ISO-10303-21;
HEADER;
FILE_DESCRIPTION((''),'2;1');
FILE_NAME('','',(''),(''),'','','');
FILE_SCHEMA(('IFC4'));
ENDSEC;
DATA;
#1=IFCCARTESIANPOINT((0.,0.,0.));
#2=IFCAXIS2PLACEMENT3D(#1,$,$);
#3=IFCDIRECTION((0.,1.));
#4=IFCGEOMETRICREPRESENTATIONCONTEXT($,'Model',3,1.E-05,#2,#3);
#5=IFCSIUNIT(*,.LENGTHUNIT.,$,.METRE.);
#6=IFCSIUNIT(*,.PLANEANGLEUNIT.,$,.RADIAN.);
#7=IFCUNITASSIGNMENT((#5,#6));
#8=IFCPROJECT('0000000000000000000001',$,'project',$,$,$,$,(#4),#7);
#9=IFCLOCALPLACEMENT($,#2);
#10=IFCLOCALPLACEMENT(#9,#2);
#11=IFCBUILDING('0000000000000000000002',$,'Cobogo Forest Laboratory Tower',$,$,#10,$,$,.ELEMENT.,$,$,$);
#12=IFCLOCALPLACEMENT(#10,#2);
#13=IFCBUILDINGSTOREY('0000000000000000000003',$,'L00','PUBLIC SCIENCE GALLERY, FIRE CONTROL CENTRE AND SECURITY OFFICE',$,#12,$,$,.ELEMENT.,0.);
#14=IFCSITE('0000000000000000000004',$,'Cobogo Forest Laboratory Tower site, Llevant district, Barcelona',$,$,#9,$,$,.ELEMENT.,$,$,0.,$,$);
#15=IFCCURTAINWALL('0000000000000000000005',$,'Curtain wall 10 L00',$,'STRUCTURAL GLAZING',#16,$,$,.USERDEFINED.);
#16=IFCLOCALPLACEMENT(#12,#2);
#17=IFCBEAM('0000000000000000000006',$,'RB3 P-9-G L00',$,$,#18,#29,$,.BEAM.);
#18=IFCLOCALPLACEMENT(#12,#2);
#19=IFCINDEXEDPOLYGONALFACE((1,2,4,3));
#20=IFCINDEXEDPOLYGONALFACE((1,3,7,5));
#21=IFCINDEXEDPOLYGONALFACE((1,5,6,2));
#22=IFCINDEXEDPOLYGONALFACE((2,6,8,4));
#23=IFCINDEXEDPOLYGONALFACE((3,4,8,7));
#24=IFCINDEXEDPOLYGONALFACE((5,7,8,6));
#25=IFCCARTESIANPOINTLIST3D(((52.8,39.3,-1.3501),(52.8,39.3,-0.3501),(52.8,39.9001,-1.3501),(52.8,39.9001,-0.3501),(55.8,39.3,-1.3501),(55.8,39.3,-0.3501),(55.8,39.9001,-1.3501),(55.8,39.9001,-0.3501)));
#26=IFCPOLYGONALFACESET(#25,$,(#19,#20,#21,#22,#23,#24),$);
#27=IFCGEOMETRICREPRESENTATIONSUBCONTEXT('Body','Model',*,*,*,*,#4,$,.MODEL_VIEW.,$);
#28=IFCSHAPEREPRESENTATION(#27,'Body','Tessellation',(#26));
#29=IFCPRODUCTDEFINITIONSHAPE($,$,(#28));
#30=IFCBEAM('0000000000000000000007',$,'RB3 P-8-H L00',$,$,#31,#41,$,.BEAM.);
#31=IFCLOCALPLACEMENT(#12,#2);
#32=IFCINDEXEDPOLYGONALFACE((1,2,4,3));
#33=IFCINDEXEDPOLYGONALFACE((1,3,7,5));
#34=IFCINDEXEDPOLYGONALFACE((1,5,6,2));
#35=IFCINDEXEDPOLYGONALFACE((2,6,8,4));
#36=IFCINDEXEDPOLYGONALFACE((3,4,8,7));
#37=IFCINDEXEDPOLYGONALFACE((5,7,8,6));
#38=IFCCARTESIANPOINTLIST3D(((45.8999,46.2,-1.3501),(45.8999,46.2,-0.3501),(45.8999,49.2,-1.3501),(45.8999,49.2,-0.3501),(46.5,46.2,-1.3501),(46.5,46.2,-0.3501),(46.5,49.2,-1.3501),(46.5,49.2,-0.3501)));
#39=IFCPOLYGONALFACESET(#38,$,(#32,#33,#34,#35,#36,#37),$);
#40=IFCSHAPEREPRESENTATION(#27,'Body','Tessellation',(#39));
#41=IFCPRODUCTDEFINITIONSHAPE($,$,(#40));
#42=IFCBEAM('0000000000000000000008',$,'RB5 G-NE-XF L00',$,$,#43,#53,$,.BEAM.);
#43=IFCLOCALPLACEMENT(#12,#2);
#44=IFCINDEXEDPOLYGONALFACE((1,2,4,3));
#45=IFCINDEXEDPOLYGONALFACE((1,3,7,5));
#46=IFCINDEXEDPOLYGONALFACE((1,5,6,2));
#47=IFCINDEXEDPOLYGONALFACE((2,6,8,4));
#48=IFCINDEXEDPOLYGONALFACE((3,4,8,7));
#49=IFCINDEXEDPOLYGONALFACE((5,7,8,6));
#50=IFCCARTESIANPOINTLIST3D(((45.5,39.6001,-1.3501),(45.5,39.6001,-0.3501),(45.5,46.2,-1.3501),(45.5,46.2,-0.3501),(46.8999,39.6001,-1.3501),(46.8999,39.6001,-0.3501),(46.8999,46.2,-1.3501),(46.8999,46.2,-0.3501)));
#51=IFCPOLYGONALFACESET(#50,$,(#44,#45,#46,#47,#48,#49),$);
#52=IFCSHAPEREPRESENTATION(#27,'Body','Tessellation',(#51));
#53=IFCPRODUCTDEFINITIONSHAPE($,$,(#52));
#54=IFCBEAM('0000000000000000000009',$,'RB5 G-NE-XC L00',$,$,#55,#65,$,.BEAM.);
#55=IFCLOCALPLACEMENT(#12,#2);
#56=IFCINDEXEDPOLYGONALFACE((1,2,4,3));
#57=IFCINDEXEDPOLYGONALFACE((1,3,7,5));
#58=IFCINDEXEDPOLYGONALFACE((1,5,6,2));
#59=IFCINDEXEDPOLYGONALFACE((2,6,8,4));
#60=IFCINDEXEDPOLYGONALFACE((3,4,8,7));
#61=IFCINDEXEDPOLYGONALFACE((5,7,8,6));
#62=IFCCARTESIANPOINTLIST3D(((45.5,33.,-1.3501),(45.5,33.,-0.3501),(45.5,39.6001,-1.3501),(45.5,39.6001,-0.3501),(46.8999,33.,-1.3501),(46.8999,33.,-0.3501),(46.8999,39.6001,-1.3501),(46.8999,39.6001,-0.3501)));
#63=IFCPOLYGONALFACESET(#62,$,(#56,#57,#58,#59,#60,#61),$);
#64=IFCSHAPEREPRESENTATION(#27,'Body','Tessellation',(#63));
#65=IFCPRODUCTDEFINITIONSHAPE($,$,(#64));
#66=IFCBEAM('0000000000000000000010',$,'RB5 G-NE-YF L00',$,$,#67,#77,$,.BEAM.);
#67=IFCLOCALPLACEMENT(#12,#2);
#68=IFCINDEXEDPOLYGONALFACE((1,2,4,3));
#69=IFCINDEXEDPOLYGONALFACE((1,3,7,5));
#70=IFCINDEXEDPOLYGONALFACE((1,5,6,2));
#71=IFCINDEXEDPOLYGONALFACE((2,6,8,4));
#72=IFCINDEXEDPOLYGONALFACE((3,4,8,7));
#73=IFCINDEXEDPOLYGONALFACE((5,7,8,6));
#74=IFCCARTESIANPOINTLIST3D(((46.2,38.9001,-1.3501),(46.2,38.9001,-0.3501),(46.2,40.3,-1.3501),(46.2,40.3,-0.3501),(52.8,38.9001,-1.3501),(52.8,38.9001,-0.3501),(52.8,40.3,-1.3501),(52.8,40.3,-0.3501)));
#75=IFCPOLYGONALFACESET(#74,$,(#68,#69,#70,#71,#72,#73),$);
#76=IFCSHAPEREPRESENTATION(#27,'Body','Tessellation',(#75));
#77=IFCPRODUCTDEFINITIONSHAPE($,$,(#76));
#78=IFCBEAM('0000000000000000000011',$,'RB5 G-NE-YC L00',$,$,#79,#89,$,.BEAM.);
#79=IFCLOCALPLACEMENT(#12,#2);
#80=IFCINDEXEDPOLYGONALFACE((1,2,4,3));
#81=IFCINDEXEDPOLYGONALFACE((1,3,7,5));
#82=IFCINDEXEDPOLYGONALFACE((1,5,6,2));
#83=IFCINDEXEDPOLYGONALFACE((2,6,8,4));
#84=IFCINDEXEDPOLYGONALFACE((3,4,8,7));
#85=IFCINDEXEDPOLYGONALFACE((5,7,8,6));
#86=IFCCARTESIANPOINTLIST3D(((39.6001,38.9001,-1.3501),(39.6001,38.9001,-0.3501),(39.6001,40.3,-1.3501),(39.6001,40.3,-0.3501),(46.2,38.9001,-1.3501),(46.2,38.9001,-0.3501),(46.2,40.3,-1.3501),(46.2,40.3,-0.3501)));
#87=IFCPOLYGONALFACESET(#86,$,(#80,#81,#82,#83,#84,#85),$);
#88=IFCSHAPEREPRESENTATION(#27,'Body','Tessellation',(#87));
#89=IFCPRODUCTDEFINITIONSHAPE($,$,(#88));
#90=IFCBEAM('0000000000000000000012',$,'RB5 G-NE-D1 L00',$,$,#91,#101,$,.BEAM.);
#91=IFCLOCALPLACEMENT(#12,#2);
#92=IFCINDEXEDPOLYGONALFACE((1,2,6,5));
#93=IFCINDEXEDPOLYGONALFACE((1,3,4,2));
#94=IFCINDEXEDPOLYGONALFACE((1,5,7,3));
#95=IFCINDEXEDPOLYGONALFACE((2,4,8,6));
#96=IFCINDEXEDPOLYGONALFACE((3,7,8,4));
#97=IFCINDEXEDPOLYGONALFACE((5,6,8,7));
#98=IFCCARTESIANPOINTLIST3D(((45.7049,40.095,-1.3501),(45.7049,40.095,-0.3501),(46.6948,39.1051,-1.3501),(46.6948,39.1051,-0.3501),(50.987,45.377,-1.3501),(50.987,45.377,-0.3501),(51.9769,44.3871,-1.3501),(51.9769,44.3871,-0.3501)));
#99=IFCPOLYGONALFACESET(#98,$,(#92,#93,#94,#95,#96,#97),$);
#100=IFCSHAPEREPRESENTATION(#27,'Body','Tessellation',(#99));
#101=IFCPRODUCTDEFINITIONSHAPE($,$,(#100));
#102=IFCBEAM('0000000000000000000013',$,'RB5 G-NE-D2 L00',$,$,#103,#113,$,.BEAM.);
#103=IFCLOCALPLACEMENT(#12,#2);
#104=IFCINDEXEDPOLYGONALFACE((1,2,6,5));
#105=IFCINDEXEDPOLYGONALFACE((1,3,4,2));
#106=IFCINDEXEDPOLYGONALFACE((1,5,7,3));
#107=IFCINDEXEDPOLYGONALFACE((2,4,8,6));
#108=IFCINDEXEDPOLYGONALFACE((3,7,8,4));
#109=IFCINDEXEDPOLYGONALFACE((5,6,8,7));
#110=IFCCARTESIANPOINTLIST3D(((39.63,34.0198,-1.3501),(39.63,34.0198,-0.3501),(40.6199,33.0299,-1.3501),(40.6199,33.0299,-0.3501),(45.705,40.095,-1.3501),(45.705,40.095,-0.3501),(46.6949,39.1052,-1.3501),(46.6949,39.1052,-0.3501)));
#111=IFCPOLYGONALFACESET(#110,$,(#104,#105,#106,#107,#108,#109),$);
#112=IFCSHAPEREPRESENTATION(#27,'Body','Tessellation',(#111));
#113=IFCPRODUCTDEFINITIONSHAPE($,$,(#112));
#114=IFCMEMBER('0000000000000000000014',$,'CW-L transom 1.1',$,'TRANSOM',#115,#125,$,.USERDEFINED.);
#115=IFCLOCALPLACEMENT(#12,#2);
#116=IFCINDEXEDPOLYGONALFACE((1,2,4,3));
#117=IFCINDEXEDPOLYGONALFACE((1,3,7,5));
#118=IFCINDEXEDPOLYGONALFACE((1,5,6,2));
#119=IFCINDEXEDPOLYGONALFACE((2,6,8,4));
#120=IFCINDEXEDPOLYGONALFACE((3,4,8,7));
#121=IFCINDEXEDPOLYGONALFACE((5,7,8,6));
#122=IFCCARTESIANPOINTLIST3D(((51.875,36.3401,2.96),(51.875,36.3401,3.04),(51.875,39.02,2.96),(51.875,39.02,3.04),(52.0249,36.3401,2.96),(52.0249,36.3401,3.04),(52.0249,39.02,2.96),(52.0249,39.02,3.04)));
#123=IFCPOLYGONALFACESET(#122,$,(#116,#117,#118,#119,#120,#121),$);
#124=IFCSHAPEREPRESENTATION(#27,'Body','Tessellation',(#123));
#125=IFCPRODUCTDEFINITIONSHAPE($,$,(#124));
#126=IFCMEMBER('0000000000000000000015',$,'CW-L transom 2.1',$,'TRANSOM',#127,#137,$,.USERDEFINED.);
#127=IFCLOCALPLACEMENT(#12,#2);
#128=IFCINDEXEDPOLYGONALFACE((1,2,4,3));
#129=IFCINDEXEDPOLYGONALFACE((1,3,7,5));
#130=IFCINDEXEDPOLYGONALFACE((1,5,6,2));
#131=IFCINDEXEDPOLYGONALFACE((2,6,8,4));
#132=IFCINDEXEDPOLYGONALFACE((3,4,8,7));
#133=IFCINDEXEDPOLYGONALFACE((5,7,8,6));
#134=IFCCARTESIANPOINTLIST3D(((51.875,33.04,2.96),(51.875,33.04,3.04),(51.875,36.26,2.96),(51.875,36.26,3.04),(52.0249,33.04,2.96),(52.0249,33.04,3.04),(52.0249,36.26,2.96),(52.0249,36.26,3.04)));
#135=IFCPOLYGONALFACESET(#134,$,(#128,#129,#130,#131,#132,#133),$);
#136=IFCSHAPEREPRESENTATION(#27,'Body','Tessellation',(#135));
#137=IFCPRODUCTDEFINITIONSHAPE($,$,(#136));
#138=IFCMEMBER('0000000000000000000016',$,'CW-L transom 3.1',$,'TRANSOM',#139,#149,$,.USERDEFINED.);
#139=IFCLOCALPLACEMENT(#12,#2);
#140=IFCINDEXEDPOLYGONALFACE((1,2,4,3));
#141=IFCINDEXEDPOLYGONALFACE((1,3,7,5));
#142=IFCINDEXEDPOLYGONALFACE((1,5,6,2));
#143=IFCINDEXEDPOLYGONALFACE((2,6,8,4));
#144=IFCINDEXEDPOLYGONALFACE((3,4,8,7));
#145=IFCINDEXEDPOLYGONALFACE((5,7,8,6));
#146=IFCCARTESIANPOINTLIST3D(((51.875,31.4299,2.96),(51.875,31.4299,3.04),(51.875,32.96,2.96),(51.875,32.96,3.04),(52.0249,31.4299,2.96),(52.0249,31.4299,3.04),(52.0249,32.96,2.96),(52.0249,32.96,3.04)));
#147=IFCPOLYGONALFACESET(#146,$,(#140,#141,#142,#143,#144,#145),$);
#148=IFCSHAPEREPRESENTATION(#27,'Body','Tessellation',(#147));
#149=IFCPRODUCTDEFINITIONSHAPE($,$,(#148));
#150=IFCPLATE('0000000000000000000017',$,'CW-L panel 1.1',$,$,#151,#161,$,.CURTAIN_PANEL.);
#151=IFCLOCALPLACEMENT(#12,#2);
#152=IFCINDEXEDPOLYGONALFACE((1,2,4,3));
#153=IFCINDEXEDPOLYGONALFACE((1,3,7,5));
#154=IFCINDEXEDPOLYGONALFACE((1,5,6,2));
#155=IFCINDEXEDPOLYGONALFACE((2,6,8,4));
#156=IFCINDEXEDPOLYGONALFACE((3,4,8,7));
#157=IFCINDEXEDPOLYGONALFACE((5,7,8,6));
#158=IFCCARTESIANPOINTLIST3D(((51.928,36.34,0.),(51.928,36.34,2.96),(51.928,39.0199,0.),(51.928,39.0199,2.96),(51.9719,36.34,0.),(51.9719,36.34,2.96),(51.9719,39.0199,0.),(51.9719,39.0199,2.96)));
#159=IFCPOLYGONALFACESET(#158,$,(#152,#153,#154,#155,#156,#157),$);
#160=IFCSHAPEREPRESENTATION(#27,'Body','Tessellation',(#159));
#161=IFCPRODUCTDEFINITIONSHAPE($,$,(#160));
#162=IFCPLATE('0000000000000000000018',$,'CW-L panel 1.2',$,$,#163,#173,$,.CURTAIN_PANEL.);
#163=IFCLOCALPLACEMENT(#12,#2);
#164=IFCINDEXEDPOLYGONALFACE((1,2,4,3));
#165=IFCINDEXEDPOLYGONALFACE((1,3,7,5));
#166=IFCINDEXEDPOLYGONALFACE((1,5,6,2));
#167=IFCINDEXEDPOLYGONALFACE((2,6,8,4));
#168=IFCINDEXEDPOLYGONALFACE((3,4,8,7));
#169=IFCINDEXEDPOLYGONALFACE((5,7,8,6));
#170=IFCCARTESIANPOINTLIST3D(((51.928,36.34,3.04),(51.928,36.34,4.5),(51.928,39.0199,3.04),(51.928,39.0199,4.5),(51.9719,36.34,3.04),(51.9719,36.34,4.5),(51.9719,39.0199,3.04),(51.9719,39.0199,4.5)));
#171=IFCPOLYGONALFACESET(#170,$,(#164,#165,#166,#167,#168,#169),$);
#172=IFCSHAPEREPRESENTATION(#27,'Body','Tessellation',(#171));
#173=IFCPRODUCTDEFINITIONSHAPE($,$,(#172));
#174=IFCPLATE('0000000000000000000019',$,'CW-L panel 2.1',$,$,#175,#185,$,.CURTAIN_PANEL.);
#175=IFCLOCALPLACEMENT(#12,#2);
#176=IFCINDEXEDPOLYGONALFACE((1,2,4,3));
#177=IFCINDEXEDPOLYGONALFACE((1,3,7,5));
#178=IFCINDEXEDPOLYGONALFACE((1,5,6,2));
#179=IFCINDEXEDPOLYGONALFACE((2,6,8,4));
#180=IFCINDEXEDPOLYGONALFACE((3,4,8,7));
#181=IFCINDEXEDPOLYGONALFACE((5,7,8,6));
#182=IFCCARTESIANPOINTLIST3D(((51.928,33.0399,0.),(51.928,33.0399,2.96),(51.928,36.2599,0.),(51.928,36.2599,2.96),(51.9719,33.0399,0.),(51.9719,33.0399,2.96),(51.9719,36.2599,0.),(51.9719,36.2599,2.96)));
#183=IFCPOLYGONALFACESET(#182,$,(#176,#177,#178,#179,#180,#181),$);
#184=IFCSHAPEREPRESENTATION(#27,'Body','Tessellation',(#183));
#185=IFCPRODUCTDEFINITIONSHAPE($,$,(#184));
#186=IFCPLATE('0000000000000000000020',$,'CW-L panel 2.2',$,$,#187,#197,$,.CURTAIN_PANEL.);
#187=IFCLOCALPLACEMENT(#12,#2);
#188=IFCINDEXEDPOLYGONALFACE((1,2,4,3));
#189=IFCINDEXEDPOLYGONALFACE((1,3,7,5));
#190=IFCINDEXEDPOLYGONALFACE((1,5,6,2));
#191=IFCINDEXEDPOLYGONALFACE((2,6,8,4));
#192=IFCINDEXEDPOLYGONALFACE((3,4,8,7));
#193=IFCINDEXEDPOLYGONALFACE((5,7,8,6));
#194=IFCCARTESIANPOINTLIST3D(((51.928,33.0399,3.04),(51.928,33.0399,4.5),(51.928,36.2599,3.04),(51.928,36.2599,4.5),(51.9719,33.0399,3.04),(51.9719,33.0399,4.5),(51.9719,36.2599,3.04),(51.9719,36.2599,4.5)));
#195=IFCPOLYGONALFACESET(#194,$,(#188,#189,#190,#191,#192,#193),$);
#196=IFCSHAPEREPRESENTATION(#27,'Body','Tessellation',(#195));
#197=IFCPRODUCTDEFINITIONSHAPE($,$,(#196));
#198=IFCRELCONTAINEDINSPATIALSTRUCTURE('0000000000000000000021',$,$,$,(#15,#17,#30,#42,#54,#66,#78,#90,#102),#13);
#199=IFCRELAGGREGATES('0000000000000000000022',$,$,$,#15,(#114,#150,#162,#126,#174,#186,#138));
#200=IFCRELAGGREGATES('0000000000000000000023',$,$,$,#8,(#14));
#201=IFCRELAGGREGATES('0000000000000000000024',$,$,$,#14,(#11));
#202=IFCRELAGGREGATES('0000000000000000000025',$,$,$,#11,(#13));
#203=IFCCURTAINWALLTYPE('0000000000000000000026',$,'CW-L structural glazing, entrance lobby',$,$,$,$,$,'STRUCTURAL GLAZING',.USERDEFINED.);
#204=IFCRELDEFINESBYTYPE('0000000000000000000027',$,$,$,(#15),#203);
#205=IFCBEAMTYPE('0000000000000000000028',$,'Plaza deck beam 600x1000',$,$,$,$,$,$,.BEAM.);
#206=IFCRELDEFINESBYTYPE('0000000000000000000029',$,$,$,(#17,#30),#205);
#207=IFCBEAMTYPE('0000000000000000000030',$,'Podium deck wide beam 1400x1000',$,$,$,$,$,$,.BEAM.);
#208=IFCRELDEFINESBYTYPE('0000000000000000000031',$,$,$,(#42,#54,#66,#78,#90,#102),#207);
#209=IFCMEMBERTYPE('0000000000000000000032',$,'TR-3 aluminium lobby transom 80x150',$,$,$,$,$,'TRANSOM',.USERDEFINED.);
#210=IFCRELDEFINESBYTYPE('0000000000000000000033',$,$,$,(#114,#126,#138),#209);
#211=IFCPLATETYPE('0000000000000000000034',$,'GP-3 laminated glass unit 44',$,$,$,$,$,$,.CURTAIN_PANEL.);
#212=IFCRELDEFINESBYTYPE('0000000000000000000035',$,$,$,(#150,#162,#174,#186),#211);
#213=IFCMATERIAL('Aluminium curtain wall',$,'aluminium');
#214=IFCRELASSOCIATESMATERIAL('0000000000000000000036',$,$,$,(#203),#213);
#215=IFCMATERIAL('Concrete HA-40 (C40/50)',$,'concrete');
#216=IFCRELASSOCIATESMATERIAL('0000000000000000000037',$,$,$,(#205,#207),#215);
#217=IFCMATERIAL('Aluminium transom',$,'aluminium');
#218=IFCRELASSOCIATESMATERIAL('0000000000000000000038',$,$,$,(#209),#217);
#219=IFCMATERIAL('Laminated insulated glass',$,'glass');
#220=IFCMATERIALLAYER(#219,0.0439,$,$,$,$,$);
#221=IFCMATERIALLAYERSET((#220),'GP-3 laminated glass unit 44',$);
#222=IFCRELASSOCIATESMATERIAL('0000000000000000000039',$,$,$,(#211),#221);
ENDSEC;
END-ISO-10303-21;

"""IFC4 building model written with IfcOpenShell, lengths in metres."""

from ifc_helpers import new_model, si_unit, direction, frame, origin, origin_2d, place, context, subcontext, project, spatial, rectangle, extrude, material, layer, layer_set, material_profile, profile_set, type_object, element, aggregate, save


model = new_model("IFC4")

# Units and contexts
model_context = context("Model", 3, precision=1e-05, world=origin(), true_north=direction((0.0, 1.0)))
body_context = subcontext(model_context, "Body", "Model", "MODEL_VIEW")
ifc_project = project(units=[si_unit("LENGTHUNIT", "METRE"), si_unit("PLANEANGLEUNIT", "RADIAN")], contexts=[model_context])

# Site, building, storey
site_placement = place(None, origin())
site = spatial("IfcSite", under=ifc_project, at=site_placement, Name="Cobogo Forest Laboratory Tower site, Llevant district, Barcelona", CompositionType="ELEMENT", RefElevation=0.0)
building_placement = place(site_placement, origin())
building = spatial("IfcBuilding", under=site, at=building_placement, Name="Cobogo Forest Laboratory Tower", CompositionType="ELEMENT")
storey_placement = place(building_placement, origin())
storey = spatial("IfcBuildingStorey", under=building, at=storey_placement, Name="L00", Description="PUBLIC SCIENCE GALLERY, FIRE CONTROL CENTRE AND SECURITY OFFICE", CompositionType="ELEMENT", Elevation=0.0)

# Curtain wall
ifc_material_1 = material(Name="Aluminium curtain wall", Category="aluminium")
curtain_wall_type = type_object("IfcCurtainWallType", Name="CW-L structural glazing, entrance lobby", ElementType="STRUCTURAL GLAZING", PredefinedType="USERDEFINED", material=ifc_material_1)
curtain_wall_placement = place(storey_placement, origin())
curtain_wall = element("IfcCurtainWall", 1, at=curtain_wall_placement, inside=storey, type_object=curtain_wall_type, Name="Curtain wall 10 L00", ObjectType="STRUCTURAL GLAZING", PredefinedType="USERDEFINED")

# Beams
ifc_material_2 = material(Name="Concrete HA-40 (C40/50)", Category="concrete")
ifc_material_profile_1 = material_profile(ifc_material_2, rectangle(XDim=0.6001, YDim=1.0, at=origin_2d()), Name="RC 600x1000")
ifc_profile_set_1 = profile_set([ifc_material_profile_1], Name="Concrete HA-40 (C40/50)")
beam_type_1 = type_object("IfcBeamType", Name="Plaza deck beam 600x1000", PredefinedType="BEAM", material=ifc_profile_set_1)
for number, where, z_axis, x_axis, name in (
    (2, (52.8, 39.6001, -0.8501), (1.0, 0.0, 0.0), (0.0, 1.0, 0.0), "RB3 P-9-G L00"),
    (3, (46.2, 46.2, -0.8501), (0.0, 1.0, 0.0), (-1.0, 0.0, 0.0), "RB3 P-8-H L00"),
):
    element("IfcBeam", number, at=place(storey_placement, frame(where, z_axis=z_axis, x_axis=x_axis)), inside=storey, type_object=beam_type_1, Name=name, PredefinedType="BEAM", context=body_context, shape_type="SweptSolid", body=[
        extrude(rectangle(XDim=0.6001, YDim=1.0, at=origin_2d()), origin(), (0.0, 0.0, 1.0), 3.0),
    ])
ifc_material_profile_2 = material_profile(ifc_material_2, rectangle(XDim=1.3999, YDim=1.0, at=origin_2d()), Name="RC 1400x1000")
ifc_profile_set_2 = profile_set([ifc_material_profile_2], Name="Concrete HA-40 (C40/50)")
beam_type_2 = type_object("IfcBeamType", Name="Podium deck wide beam 1400x1000", PredefinedType="BEAM", material=ifc_profile_set_2)
beam_1_placement = place(storey_placement, frame((46.2, 46.2, -0.8501), z_axis=(0.0, -1.0, 0.0), x_axis=(1.0, 0.0, 0.0)))
element("IfcBeam", 4, at=beam_1_placement, inside=storey, type_object=beam_type_2, Name="RB5 G-NE-XF L00", PredefinedType="BEAM", context=body_context, shape_type="SweptSolid", body=[
    extrude(rectangle(XDim=1.3999, YDim=1.0, at=origin_2d()), origin(), (0.0, 0.0, 1.0), 6.5999),
])
for number, where, z_axis, x_axis, name in (
    (5, (46.2, 39.6001, -0.8501), (0.0, -1.0, 0.0), (1.0, 0.0, 0.0), "RB5 G-NE-XC L00"),
    (6, (52.8, 39.6001, -0.8501), (-1.0, 0.0, 0.0), (0.0, -1.0, 0.0), "RB5 G-NE-YF L00"),
):
    element("IfcBeam", number, at=place(storey_placement, frame(where, z_axis=z_axis, x_axis=x_axis)), inside=storey, type_object=beam_type_2, Name=name, PredefinedType="BEAM", context=body_context, shape_type="SweptSolid", body=[
        extrude(rectangle(XDim=1.3999, YDim=1.0, at=origin_2d()), origin(), (0.0, 0.0, 1.0), 6.6001),
    ])
beam_2_placement = place(storey_placement, frame((46.2, 39.6001, -0.8501), z_axis=(-1.0, 0.0, 0.0), x_axis=(0.0, -1.0, 0.0)))
element("IfcBeam", 7, at=beam_2_placement, inside=storey, type_object=beam_type_2, Name="RB5 G-NE-YC L00", PredefinedType="BEAM", context=body_context, shape_type="SweptSolid", body=[
    extrude(rectangle(XDim=1.3999, YDim=1.0, at=origin_2d()), origin(), (0.0, 0.0, 1.0), 6.5999),
])
beam_3_placement = place(storey_placement, frame((51.4819, 44.8821, -0.8501), z_axis=(-0.707107, -0.707107, 0.0), x_axis=(0.707107, -0.707107, 0.0)))
element("IfcBeam", 8, at=beam_3_placement, inside=storey, type_object=beam_type_2, Name="RB5 G-NE-D1 L00", PredefinedType="BEAM", context=body_context, shape_type="SweptSolid", body=[
    extrude(rectangle(XDim=1.3999, YDim=1.0, at=origin_2d()), origin(), (0.0, 0.0, 1.0), 7.47),
])
beam_4_placement = place(storey_placement, frame((46.2, 39.6001, -0.8501), z_axis=(-0.707093, -0.707121, 0.0), x_axis=(0.707121, -0.707093, 0.0)))
element("IfcBeam", 9, at=beam_4_placement, inside=storey, type_object=beam_type_2, Name="RB5 G-NE-D2 L00", PredefinedType="BEAM", context=body_context, shape_type="SweptSolid", body=[
    extrude(rectangle(XDim=1.3999, YDim=1.0, at=origin_2d()), origin(), (0.0, 0.0, 1.0), 8.5916),
])

# Members
ifc_material_3 = material(Name="Aluminium transom", Category="aluminium")
ifc_material_profile_3 = material_profile(ifc_material_3, rectangle(XDim=0.1499, YDim=0.0801, at=origin_2d()), Name="AL 80x150")
ifc_profile_set_3 = profile_set([ifc_material_profile_3], Name="Aluminium transom")
member_type_1 = type_object("IfcMemberType", Name="TR-3 aluminium lobby transom 80x150", ElementType="TRANSOM", PredefinedType="USERDEFINED", material=ifc_profile_set_3)
member_1_placement = place(storey_placement, frame((51.95, 39.02, 3.0), z_axis=(0.0, -1.0, 0.0), x_axis=(1.0, 0.0, 0.0)))
member_1 = element("IfcMember", 10, at=member_1_placement, type_object=member_type_1, Name="CW-L transom 1.1", ObjectType="TRANSOM", PredefinedType="USERDEFINED", context=body_context, shape_type="SweptSolid", body=[
    extrude(rectangle(XDim=0.1499, YDim=0.0801, at=origin_2d()), origin(), (0.0, 0.0, 1.0), 2.6799),
])
member_2_placement = place(storey_placement, frame((51.95, 36.26, 3.0), z_axis=(0.0, -1.0, 0.0), x_axis=(1.0, 0.0, 0.0)))
member_2 = element("IfcMember", 11, at=member_2_placement, type_object=member_type_1, Name="CW-L transom 2.1", ObjectType="TRANSOM", PredefinedType="USERDEFINED", context=body_context, shape_type="SweptSolid", body=[
    extrude(rectangle(XDim=0.1499, YDim=0.0801, at=origin_2d()), origin(), (0.0, 0.0, 1.0), 3.22),
])
member_3_placement = place(storey_placement, frame((51.95, 32.96, 3.0), z_axis=(0.0, -1.0, 0.0), x_axis=(1.0, 0.0, 0.0)))
member_3 = element("IfcMember", 12, at=member_3_placement, type_object=member_type_1, Name="CW-L transom 3.1", ObjectType="TRANSOM", PredefinedType="USERDEFINED", context=body_context, shape_type="SweptSolid", body=[
    extrude(rectangle(XDim=0.1499, YDim=0.0801, at=origin_2d()), origin(), (0.0, 0.0, 1.0), 1.53),
])

# Plates
ifc_material_4 = material(Name="Laminated insulated glass", Category="glass")
ifc_layer_1 = layer(ifc_material_4, 0.0439)
ifc_layer_set_1 = layer_set([ifc_layer_1], Name="GP-3 laminated glass unit 44")
plate_type = type_object("IfcPlateType", Name="GP-3 laminated glass unit 44", PredefinedType="CURTAIN_PANEL", material=ifc_layer_set_1)
plate_1_placement = place(storey_placement, frame((51.95, 37.6799, 0.0), z_axis=(0.0, 0.0, 1.0), x_axis=(0.0, -1.0, 0.0)))
plate_1 = element("IfcPlate", 13, at=plate_1_placement, type_object=plate_type, Name="CW-L panel 1.1", PredefinedType="CURTAIN_PANEL", context=body_context, shape_type="SweptSolid", body=[
    extrude(rectangle(XDim=2.6799, YDim=0.0439, at=origin_2d()), origin(), (0.0, 0.0, 1.0), 2.96),
])
plate_2_placement = place(storey_placement, frame((51.95, 37.6799, 3.04), z_axis=(0.0, 0.0, 1.0), x_axis=(0.0, -1.0, 0.0)))
plate_2 = element("IfcPlate", 14, at=plate_2_placement, type_object=plate_type, Name="CW-L panel 1.2", PredefinedType="CURTAIN_PANEL", context=body_context, shape_type="SweptSolid", body=[
    extrude(rectangle(XDim=2.6799, YDim=0.0439, at=origin_2d()), origin(), (0.0, 0.0, 1.0), 1.46),
])
plate_3_placement = place(storey_placement, frame((51.95, 34.6499, 0.0), z_axis=(0.0, 0.0, 1.0), x_axis=(0.0, -1.0, 0.0)))
plate_3 = element("IfcPlate", 15, at=plate_3_placement, type_object=plate_type, Name="CW-L panel 2.1", PredefinedType="CURTAIN_PANEL", context=body_context, shape_type="SweptSolid", body=[
    extrude(rectangle(XDim=3.22, YDim=0.0439, at=origin_2d()), origin(), (0.0, 0.0, 1.0), 2.96),
])
plate_4_placement = place(storey_placement, frame((51.95, 34.6499, 3.04), z_axis=(0.0, 0.0, 1.0), x_axis=(0.0, -1.0, 0.0)))
plate_4 = element("IfcPlate", 16, at=plate_4_placement, type_object=plate_type, Name="CW-L panel 2.2", PredefinedType="CURTAIN_PANEL", context=body_context, shape_type="SweptSolid", body=[
    extrude(rectangle(XDim=3.22, YDim=0.0439, at=origin_2d()), origin(), (0.0, 0.0, 1.0), 1.46),
])
aggregate(curtain_wall, [member_1, plate_1, plate_2, member_2, plate_3, plate_4, member_3])

save(model, "model.ifc")
